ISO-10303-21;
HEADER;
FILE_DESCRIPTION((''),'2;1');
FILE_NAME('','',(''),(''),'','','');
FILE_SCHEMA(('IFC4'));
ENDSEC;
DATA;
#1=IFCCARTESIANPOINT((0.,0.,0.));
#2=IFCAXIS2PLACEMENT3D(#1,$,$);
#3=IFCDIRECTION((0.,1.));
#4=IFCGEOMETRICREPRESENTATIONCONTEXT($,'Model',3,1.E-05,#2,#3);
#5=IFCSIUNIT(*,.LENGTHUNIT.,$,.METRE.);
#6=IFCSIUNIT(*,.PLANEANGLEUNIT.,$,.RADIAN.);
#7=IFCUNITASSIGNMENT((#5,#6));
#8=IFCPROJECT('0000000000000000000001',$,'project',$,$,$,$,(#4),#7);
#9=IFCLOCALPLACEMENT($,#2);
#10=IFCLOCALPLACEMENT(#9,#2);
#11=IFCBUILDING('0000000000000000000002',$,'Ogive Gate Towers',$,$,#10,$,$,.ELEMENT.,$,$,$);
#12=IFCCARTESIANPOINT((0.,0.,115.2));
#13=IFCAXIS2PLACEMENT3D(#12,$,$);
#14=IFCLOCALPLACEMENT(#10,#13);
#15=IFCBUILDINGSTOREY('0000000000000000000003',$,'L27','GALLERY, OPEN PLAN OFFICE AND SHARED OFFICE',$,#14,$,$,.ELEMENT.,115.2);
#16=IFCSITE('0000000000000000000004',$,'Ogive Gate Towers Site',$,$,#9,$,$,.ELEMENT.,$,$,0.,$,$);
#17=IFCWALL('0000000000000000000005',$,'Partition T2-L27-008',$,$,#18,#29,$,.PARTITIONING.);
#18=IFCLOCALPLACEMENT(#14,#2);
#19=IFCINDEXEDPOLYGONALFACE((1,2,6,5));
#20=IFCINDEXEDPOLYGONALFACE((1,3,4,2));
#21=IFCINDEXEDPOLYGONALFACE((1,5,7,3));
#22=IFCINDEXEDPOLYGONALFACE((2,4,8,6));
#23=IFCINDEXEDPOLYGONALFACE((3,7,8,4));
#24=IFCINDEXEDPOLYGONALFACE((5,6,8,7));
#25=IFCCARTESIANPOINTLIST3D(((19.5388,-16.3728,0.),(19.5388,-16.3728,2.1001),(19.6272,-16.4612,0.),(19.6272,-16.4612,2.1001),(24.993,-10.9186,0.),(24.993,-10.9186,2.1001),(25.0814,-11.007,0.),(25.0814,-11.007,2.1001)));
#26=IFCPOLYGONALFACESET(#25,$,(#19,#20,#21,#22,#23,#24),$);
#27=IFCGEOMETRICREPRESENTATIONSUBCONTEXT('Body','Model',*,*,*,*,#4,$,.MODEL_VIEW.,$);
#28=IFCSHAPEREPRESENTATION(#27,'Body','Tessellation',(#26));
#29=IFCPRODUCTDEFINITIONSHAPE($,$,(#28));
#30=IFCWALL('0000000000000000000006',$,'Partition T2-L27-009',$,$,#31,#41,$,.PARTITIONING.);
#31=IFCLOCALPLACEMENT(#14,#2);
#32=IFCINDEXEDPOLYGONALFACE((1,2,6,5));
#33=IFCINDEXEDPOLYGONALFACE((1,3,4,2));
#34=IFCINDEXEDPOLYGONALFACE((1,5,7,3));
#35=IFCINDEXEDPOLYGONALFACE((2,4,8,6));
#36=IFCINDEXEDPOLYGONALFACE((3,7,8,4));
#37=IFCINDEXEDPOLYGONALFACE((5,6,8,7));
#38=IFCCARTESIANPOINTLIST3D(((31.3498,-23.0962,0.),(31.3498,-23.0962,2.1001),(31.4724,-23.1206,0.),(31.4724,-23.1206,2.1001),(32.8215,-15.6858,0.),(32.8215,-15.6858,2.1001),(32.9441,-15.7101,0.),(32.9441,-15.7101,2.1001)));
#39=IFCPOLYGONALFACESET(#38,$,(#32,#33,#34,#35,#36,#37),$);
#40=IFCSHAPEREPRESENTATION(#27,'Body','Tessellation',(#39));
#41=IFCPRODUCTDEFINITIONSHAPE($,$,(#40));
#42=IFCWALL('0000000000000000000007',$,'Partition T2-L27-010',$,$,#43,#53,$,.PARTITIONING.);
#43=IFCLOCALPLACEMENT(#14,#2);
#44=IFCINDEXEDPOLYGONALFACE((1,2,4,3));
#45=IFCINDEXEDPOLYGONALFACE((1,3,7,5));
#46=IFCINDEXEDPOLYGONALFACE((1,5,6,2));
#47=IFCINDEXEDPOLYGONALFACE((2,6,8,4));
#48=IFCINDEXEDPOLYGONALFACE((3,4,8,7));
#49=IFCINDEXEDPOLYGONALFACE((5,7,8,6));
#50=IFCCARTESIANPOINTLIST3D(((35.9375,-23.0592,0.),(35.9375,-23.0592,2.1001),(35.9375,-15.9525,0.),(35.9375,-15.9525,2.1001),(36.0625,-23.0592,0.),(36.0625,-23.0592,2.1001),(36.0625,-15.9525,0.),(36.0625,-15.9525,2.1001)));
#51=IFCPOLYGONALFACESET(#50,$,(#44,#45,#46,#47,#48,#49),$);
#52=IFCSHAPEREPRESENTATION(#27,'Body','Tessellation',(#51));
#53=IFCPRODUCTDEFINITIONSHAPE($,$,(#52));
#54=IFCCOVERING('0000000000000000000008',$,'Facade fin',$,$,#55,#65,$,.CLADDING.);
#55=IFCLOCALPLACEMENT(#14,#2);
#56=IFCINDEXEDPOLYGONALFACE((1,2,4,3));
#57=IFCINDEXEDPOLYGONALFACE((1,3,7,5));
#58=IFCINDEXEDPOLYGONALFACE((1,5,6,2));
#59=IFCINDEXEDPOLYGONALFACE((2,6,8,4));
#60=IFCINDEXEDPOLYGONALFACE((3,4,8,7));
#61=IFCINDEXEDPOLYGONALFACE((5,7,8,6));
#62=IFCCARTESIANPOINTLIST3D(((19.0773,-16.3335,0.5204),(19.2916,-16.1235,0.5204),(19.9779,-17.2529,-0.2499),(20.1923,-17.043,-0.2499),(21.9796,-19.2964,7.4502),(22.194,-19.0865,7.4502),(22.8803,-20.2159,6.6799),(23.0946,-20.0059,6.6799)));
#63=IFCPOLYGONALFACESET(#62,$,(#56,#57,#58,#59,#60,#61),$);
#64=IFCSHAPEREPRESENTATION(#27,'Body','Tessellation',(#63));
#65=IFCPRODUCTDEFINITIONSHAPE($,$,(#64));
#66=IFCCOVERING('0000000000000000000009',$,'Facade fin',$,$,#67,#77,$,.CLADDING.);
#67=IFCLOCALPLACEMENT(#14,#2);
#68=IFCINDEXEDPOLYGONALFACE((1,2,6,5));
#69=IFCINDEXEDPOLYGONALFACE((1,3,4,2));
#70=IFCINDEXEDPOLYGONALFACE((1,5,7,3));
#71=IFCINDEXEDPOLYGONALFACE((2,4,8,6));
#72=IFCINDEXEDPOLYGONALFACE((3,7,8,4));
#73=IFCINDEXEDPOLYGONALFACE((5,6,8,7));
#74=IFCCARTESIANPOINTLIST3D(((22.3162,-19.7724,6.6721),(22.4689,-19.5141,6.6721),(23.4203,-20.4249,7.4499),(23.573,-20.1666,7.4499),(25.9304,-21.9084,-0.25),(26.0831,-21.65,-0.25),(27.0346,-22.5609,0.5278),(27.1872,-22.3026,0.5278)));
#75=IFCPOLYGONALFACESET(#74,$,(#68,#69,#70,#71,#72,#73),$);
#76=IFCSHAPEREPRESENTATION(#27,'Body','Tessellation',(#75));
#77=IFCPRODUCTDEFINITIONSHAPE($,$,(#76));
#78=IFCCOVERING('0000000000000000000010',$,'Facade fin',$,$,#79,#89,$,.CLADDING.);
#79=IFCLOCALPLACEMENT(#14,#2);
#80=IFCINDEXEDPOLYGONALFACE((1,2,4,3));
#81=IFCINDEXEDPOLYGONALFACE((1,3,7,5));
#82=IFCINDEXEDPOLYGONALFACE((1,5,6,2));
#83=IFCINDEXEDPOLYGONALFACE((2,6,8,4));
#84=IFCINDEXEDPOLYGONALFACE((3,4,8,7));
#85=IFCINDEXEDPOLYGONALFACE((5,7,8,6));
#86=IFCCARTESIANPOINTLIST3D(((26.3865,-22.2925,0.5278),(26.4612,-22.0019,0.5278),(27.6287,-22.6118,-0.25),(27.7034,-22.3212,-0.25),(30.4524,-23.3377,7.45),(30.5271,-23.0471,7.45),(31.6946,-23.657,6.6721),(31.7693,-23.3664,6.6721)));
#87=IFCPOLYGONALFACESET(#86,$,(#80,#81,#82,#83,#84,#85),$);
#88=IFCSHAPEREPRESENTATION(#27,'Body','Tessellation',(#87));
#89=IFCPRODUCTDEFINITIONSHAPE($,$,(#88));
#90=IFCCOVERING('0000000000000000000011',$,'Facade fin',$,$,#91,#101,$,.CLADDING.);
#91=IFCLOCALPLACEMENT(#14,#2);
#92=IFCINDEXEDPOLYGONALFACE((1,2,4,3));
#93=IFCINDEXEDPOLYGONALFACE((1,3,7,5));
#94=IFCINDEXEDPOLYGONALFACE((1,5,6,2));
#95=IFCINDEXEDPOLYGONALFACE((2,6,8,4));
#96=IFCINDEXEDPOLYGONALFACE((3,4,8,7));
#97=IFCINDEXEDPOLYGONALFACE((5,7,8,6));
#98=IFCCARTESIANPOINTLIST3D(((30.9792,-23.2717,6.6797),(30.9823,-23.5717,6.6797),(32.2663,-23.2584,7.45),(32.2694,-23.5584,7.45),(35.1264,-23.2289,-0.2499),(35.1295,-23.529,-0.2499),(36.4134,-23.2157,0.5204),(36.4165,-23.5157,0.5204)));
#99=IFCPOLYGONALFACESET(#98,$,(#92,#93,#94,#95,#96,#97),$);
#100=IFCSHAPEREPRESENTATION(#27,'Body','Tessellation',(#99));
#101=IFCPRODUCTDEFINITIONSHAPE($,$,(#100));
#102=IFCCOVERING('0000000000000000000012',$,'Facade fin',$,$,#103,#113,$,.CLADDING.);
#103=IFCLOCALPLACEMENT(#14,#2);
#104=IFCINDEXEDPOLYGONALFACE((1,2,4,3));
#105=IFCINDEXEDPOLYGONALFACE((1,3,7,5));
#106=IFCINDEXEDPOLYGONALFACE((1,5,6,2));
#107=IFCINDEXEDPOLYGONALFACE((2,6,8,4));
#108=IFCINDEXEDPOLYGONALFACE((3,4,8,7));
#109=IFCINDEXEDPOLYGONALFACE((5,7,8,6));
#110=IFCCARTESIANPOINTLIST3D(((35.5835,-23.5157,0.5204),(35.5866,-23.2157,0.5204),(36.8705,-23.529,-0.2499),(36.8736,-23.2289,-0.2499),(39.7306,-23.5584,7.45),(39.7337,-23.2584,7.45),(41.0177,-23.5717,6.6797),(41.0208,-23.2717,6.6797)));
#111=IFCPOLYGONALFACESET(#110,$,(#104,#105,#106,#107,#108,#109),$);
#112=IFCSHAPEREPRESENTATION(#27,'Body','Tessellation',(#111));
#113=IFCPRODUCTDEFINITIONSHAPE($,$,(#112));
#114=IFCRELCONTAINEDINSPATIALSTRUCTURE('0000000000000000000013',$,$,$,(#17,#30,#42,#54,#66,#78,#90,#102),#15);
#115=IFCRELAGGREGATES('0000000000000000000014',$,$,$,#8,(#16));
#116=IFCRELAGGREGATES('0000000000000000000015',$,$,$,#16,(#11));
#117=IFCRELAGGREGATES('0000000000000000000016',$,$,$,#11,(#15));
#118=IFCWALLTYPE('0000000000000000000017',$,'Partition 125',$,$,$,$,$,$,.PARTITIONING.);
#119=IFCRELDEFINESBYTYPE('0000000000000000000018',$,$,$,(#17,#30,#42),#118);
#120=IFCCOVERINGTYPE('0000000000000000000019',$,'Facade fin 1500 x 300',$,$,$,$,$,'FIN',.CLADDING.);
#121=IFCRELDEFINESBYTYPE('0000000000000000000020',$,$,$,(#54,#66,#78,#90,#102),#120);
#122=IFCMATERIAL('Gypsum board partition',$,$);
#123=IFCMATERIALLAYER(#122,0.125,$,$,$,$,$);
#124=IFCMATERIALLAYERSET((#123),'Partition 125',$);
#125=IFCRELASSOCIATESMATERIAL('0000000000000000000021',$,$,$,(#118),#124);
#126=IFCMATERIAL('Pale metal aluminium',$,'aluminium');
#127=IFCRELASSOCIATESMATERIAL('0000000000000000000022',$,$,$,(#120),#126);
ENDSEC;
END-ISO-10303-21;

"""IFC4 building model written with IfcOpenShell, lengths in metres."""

from ifc_helpers import new_model, si_unit, direction, frame, frame_2d, origin, origin_2d, place, context, subcontext, project, spatial, rectangle, extrude, material, layer, layer_set, material_profile, profile_set, type_object, element, save


model = new_model("IFC4")

# Units and contexts
model_context = context("Model", 3, precision=1e-05, world=origin(), true_north=direction((0.0, 1.0)))
body_context = subcontext(model_context, "Body", "Model", "MODEL_VIEW")
ifc_project = project(units=[si_unit("LENGTHUNIT", "METRE"), si_unit("PLANEANGLEUNIT", "RADIAN")], contexts=[model_context])

# Site, building, storey
site_placement = place(None, origin())
site = spatial("IfcSite", under=ifc_project, at=site_placement, Name="Ogive Gate Towers Site", CompositionType="ELEMENT", RefElevation=0.0)
building_placement = place(site_placement, origin())
building = spatial("IfcBuilding", under=site, at=building_placement, Name="Ogive Gate Towers", CompositionType="ELEMENT")
storey_placement = place(building_placement, frame((0.0, 0.0, 115.2)))
storey = spatial("IfcBuildingStorey", under=building, at=storey_placement, Name="L27", Description="GALLERY, OPEN PLAN OFFICE AND SHARED OFFICE", CompositionType="ELEMENT", Elevation=115.2)

# Shared definitions
ifc_material_1 = material(Name="Pale metal aluminium", Category="aluminium")

# Walls
ifc_material_2 = material(Name="Gypsum board partition")
ifc_layer_1 = layer(ifc_material_2, 0.125)
ifc_layer_set_1 = layer_set([ifc_layer_1], Name="Partition 125")
wall_type = type_object("IfcWallType", Name="Partition 125", PredefinedType="PARTITIONING", material=ifc_layer_set_1)
wall_1_placement = place(storey_placement, frame((19.583, -16.417, 0.0), z_axis=(0.0, 0.0, 1.0), x_axis=(0.707107, 0.707107, 0.0)))
element("IfcWall", 1, at=wall_1_placement, inside=storey, type_object=wall_type, Name="Partition T2-L27-008", PredefinedType="PARTITIONING", context=body_context, shape_type="SweptSolid", body=[
    extrude(rectangle(XDim=7.7134, YDim=0.125, at=frame_2d((3.8567, 0.0))), origin(), (0.0, 0.0, 1.0), 2.1001),
])
wall_2_placement = place(storey_placement, frame((31.4111, -23.1084, 0.0), z_axis=(0.0, 0.0, 1.0), x_axis=(0.194792, 0.980845, 0.0)))
element("IfcWall", 2, at=wall_2_placement, inside=storey, type_object=wall_type, Name="Partition T2-L27-009", PredefinedType="PARTITIONING", context=body_context, shape_type="SweptSolid", body=[
    extrude(rectangle(XDim=7.5552, YDim=0.125, at=frame_2d((3.7776, 0.0))), origin(), (0.0, 0.0, 1.0), 2.1001),
])
wall_3_placement = place(storey_placement, frame((36.0, -23.0591, 0.0), z_axis=(0.0, 0.0, 1.0), x_axis=(0.0, 1.0, 0.0)))
element("IfcWall", 3, at=wall_3_placement, inside=storey, type_object=wall_type, Name="Partition T2-L27-010", PredefinedType="PARTITIONING", context=body_context, shape_type="SweptSolid", body=[
    extrude(rectangle(XDim=7.1067, YDim=0.125, at=frame_2d((3.5532, 0.0))), origin(), (0.0, 0.0, 1.0), 2.1001),
])

# Coverings
ifc_material_profile_1 = material_profile(ifc_material_1, rectangle(XDim=0.3, YDim=1.5, at=origin_2d()), Name="1500 x 300 pale metal aluminium")
ifc_profile_set_1 = profile_set([ifc_material_profile_1], Name="Pale metal aluminium")
covering_type = type_object("IfcCoveringType", Name="Facade fin 1500 x 300", ElementType="FIN", PredefinedType="CLADDING", material=ifc_profile_set_1)
covering_placement = place(storey_placement, frame((19.6348, -16.6882, 0.1353), z_axis=(0.359376, -0.366873, 0.858052), x_axis=(0.714368, 0.69977, 0.0)))
element("IfcCovering", 4, at=covering_placement, inside=storey, type_object=covering_type, Name="Facade fin", PredefinedType="CLADDING", context=body_context, shape_type="SweptSolid", body=[
    extrude(rectangle(XDim=0.3, YDim=1.5, at=origin_2d()), origin(), (0.0, 0.0, 1.0), 8.0762),
])
for number, where, z_axis, x_axis, name in (
    (5, (26.5588, -22.1055, 0.1389), (-0.446439, 0.263841, 0.855032), (-0.50878, -0.860896, 0.0), "Facade fin"),
    (6, (27.0449, -22.3069, 0.1389), (0.502234, -0.129102, 0.85504), (0.248962, 0.968513, 0.0), "Facade fin"),
):
    element("IfcCovering", number, at=place(storey_placement, frame(where, z_axis=z_axis, x_axis=x_axis)), inside=storey, type_object=covering_type, Name=name, PredefinedType="CLADDING", context=body_context, shape_type="SweptSolid", body=[
        extrude(rectangle(XDim=0.3, YDim=1.5, at=origin_2d()), origin(), (0.0, 0.0, 1.0), 8.0957),
    ])
for number, where, z_axis, x_axis, name in (
    (7, (35.7715, -23.3723, 0.1353), (-0.513524, -0.00529, 0.858059), (0.010301, -0.999947, 0.0), "Facade fin"),
    (8, (36.2285, -23.3723, 0.1353), (0.513524, -0.00529, 0.858059), (0.010301, 0.999947, 0.0), "Facade fin"),
):
    element("IfcCovering", number, at=place(storey_placement, frame(where, z_axis=z_axis, x_axis=x_axis)), inside=storey, type_object=covering_type, Name=name, PredefinedType="CLADDING", context=body_context, shape_type="SweptSolid", body=[
        extrude(rectangle(XDim=0.3, YDim=1.5, at=origin_2d()), origin(), (0.0, 0.0, 1.0), 8.0759),
    ])

save(model, "model.ifc")
